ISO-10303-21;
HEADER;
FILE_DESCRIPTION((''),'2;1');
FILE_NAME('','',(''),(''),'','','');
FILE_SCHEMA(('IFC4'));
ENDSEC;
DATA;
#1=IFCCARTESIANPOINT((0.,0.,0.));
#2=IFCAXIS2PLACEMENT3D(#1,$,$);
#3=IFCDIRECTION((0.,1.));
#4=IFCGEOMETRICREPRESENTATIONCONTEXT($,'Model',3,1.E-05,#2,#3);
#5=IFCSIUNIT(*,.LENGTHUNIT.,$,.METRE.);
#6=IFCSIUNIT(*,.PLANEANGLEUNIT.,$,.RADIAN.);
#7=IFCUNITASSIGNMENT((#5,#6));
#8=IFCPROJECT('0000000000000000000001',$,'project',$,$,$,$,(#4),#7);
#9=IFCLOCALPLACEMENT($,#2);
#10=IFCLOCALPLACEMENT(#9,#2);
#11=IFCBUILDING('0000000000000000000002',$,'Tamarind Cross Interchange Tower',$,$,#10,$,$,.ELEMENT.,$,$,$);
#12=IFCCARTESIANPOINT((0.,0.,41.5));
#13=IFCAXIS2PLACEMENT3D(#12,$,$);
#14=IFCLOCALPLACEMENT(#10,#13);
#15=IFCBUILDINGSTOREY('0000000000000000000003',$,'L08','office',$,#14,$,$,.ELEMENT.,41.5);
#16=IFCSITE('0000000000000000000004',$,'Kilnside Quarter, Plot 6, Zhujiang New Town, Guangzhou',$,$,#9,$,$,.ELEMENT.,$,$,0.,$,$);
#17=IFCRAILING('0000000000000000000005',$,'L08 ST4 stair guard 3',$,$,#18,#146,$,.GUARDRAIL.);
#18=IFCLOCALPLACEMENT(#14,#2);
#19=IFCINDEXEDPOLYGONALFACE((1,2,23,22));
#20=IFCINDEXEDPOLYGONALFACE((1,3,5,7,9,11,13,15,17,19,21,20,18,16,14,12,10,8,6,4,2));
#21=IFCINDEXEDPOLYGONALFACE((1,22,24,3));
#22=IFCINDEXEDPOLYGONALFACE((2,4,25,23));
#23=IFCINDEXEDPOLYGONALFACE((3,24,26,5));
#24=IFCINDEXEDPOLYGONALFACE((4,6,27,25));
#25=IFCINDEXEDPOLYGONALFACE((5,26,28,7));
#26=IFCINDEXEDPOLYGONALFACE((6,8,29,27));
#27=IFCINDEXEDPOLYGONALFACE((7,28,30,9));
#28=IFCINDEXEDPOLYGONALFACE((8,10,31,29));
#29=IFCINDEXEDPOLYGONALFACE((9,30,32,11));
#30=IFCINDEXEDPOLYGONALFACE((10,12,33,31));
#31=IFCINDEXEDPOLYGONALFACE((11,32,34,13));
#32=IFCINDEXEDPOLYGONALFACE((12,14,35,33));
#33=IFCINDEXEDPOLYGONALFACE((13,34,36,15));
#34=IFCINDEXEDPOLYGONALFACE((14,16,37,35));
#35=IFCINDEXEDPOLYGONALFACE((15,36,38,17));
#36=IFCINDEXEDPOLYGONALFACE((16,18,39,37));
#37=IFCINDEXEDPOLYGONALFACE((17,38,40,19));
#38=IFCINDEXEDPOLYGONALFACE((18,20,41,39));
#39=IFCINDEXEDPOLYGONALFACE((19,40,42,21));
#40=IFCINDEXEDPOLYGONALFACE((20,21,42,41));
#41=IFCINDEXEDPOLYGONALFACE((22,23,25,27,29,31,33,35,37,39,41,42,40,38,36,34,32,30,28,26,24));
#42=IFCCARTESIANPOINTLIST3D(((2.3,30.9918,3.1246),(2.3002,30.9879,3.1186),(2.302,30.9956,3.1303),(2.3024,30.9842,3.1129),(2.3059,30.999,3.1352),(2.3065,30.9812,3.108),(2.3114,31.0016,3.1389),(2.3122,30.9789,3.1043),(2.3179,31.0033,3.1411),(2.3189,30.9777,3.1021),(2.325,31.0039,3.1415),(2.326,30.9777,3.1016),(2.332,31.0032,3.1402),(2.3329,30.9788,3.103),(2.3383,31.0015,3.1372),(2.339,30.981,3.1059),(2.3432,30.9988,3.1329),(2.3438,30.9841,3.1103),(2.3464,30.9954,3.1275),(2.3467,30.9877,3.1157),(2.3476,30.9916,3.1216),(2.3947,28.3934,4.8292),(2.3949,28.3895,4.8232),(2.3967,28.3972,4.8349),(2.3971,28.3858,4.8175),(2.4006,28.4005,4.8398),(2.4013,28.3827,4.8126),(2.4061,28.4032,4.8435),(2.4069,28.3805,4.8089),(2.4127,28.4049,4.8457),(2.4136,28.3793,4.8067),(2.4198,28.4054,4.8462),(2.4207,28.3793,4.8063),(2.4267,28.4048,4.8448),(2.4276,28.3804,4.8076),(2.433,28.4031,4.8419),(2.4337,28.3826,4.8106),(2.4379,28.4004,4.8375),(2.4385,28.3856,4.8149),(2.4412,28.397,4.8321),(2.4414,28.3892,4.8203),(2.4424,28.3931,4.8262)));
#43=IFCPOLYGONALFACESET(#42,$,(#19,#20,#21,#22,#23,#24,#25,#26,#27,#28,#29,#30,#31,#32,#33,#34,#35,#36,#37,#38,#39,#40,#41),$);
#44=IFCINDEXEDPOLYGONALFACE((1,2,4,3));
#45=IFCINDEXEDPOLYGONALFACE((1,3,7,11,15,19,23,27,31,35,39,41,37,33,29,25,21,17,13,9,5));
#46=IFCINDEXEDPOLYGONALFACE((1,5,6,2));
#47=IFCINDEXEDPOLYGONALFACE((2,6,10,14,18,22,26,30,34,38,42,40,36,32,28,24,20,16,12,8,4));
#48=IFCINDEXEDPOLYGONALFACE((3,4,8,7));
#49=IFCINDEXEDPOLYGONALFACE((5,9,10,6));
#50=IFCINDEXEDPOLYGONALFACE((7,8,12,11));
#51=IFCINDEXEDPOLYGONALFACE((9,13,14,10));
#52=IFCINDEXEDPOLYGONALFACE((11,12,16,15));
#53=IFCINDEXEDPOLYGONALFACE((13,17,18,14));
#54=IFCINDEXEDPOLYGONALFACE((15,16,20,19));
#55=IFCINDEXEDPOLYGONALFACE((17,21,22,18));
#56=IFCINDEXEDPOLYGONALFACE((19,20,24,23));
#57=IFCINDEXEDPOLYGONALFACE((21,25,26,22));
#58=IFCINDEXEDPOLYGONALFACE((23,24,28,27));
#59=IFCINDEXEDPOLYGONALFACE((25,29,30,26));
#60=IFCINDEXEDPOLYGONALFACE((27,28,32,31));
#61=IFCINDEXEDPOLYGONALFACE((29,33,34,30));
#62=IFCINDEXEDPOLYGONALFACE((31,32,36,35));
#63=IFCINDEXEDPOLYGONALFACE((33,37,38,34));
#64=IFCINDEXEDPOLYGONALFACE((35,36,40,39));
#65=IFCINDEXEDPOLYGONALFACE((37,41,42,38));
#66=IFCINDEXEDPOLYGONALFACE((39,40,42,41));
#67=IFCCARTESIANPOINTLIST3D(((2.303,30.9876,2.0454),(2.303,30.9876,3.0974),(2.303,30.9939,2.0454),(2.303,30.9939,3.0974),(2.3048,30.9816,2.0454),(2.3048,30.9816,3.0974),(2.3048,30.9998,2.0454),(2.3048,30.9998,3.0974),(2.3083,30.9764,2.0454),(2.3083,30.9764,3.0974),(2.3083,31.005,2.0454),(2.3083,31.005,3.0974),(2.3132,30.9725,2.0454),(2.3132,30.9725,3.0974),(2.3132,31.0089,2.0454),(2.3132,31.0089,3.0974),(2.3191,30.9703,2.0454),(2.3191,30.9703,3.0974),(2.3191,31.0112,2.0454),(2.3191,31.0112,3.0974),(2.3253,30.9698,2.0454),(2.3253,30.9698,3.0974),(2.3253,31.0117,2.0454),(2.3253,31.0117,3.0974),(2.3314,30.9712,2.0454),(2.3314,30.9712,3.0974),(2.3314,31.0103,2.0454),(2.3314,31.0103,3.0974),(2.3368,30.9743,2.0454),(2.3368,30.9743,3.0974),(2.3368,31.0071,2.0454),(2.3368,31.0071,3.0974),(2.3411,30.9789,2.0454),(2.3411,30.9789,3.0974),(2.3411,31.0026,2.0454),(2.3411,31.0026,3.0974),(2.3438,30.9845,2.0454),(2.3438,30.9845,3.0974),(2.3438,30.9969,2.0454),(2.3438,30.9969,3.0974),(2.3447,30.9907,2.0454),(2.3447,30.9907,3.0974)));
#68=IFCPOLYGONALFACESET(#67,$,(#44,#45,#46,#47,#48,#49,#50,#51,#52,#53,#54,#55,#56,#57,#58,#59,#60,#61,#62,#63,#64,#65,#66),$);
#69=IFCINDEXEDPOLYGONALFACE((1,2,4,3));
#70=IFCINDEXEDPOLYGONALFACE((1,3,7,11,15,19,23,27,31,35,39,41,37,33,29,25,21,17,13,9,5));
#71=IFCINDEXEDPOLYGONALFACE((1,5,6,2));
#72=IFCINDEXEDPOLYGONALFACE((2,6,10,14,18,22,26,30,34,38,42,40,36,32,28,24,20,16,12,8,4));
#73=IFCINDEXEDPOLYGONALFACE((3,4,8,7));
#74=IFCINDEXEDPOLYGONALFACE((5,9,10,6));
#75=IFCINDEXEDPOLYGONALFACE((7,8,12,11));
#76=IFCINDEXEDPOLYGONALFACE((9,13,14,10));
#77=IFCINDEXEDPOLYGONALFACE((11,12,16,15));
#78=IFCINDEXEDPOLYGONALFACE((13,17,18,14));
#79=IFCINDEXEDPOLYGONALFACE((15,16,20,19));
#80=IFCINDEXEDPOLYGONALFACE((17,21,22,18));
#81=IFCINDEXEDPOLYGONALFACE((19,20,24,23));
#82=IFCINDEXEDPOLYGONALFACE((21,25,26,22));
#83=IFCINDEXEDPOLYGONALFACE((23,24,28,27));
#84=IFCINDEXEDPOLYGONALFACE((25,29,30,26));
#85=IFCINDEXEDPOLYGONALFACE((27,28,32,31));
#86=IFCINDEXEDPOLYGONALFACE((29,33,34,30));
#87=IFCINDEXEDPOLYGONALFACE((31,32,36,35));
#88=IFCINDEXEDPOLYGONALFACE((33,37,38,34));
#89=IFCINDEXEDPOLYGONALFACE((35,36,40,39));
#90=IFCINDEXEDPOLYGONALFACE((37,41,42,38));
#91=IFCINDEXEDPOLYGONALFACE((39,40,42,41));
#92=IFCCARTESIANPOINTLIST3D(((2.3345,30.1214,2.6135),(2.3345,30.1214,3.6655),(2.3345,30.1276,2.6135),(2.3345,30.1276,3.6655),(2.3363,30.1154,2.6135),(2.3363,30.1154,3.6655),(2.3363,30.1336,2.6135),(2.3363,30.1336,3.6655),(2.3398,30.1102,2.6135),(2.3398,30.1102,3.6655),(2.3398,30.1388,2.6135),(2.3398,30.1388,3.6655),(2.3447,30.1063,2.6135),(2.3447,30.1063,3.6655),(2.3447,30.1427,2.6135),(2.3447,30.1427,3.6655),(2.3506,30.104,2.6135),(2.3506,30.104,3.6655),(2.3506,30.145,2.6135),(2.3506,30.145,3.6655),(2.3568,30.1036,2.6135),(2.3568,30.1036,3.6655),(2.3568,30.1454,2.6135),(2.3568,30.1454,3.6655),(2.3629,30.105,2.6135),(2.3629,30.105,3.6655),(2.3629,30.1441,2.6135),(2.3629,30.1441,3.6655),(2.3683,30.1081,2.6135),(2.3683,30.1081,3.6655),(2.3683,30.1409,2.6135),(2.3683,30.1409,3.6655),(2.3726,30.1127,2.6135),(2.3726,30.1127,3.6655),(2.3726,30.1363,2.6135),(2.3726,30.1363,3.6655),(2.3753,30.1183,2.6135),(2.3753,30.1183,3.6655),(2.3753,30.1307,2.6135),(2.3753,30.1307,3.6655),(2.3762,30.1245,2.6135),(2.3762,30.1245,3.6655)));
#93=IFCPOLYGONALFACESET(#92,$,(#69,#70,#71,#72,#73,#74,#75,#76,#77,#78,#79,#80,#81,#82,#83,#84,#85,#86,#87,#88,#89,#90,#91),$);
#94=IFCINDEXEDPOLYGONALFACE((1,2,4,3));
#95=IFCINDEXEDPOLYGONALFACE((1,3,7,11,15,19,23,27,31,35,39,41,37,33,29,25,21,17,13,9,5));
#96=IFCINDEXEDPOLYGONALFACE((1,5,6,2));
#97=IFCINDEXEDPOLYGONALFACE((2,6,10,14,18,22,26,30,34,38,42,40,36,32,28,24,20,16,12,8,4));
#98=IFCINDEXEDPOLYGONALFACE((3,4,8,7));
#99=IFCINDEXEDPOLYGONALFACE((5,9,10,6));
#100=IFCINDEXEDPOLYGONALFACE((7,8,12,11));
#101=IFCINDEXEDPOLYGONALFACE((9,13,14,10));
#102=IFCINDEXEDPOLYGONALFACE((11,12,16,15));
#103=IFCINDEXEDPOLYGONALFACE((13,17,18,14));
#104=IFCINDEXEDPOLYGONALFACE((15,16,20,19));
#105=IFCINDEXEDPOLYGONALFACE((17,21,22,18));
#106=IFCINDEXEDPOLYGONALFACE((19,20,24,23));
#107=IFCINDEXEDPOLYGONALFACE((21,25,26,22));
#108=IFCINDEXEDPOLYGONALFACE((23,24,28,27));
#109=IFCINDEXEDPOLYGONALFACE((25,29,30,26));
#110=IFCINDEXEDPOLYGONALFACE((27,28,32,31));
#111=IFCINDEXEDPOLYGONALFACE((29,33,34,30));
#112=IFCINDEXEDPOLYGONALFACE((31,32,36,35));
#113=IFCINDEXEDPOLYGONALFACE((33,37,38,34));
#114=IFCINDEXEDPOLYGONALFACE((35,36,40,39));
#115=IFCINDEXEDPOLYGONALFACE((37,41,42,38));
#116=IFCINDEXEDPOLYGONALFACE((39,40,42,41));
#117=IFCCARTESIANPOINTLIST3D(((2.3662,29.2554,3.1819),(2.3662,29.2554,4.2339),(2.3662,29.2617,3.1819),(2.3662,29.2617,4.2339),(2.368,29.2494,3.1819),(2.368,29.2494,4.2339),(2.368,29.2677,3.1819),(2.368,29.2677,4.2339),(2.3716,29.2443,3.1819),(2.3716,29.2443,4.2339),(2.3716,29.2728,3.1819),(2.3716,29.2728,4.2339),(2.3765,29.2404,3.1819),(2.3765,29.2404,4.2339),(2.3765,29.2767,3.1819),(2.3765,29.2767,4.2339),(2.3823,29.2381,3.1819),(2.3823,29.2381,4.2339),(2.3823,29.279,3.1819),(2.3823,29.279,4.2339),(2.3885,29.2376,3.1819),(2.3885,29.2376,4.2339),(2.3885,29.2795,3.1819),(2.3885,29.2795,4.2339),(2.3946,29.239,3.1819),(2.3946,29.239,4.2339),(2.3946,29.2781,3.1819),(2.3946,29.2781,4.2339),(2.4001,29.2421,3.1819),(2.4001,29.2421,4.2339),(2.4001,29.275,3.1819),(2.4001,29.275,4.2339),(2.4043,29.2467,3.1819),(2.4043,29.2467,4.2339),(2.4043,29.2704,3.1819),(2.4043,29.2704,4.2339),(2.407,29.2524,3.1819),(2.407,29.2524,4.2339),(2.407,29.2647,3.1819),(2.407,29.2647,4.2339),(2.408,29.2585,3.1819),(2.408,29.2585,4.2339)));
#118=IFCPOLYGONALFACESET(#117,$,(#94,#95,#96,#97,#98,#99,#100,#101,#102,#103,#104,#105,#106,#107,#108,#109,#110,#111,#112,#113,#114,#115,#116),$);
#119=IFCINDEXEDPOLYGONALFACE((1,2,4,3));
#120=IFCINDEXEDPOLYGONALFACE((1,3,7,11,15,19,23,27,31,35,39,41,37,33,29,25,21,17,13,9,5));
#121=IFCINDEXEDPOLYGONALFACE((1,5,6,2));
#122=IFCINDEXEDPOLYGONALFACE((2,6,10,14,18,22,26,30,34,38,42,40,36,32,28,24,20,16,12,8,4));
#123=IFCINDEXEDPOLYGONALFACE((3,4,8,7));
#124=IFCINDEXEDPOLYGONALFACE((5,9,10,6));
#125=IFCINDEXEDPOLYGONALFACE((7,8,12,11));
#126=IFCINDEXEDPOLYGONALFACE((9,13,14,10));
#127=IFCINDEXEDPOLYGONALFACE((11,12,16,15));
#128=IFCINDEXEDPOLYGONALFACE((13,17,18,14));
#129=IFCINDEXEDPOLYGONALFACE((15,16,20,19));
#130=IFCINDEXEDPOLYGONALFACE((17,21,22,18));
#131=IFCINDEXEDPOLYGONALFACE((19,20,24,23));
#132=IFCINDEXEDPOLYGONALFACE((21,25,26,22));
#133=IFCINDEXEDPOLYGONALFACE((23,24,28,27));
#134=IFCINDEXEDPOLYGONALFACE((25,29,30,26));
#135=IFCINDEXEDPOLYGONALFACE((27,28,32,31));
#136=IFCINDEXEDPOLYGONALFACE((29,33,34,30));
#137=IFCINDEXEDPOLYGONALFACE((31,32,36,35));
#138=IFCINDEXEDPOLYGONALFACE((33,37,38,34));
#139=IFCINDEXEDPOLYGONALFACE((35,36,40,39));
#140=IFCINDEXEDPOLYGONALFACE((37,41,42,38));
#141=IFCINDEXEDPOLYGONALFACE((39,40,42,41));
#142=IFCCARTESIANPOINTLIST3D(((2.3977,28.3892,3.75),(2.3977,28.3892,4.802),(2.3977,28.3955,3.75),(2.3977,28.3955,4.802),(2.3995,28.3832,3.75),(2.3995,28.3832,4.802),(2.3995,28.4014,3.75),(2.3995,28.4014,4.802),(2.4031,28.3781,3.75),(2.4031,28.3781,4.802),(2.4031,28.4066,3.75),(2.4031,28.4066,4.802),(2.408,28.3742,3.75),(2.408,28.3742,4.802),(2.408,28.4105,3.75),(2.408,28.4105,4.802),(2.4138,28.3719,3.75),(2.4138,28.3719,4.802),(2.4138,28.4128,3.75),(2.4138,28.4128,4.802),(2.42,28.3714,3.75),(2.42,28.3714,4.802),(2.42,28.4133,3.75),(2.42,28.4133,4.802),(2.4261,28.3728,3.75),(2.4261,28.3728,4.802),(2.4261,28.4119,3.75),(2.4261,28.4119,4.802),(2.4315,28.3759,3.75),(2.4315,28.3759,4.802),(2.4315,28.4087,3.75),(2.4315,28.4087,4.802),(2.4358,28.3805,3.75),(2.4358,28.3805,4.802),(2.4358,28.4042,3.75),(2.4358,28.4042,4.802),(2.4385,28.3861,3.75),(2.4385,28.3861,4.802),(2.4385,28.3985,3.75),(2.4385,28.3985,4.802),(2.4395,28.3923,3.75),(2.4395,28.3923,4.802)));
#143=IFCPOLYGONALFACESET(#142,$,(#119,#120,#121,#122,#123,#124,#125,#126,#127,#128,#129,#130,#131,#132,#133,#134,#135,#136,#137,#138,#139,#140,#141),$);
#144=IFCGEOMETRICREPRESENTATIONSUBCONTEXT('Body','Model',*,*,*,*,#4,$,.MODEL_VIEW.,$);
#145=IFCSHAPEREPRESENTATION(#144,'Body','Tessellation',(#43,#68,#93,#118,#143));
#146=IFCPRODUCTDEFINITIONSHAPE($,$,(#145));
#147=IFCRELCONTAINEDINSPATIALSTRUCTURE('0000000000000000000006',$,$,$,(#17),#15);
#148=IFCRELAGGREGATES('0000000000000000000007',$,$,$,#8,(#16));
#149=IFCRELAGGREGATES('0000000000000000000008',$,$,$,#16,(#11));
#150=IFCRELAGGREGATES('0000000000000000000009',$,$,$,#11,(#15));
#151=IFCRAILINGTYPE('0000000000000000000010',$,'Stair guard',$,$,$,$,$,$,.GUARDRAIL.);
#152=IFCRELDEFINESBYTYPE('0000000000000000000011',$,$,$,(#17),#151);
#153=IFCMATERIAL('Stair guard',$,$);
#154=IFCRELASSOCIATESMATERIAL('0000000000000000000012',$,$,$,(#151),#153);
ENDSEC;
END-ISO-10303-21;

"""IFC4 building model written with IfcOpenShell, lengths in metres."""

from ifc_helpers import new_model, si_unit, direction, frame, origin, origin_2d, place, context, subcontext, project, spatial, circle, extrude, material, type_object, element, save


model = new_model("IFC4")

# Units and contexts
model_context = context("Model", 3, precision=1e-05, world=origin(), true_north=direction((0.0, 1.0)))
body_context = subcontext(model_context, "Body", "Model", "MODEL_VIEW")
ifc_project = project(units=[si_unit("LENGTHUNIT", "METRE"), si_unit("PLANEANGLEUNIT", "RADIAN")], contexts=[model_context])

# Site, building, storey
site_placement = place(None, origin())
site = spatial("IfcSite", under=ifc_project, at=site_placement, Name="Kilnside Quarter, Plot 6, Zhujiang New Town, Guangzhou", CompositionType="ELEMENT", RefElevation=0.0)
building_placement = place(site_placement, origin())
building = spatial("IfcBuilding", under=site, at=building_placement, Name="Tamarind Cross Interchange Tower", CompositionType="ELEMENT")
storey_placement = place(building_placement, frame((0.0, 0.0, 41.5)))
storey = spatial("IfcBuildingStorey", under=building, at=storey_placement, Name="L08", Description="office", CompositionType="ELEMENT", Elevation=41.5)

# Railing
ifc_material_1 = material(Name="Stair guard")
railing_type_1 = type_object("IfcRailingType", Name="Stair guard", PredefinedType="GUARDRAIL", material=ifc_material_1)
railing_1_placement = place(storey_placement, frame((2.3237, 30.9907, 2.0454)))
element("IfcRailing", 1, at=railing_1_placement, inside=storey, type_object=railing_type_1, Name="L08 ST4 stair guard 3", PredefinedType="GUARDRAIL", context=body_context, shape_type="SweptSolid", body=[
    extrude(circle(Radius=0.0239, at=origin_2d()), frame((0.0, 0.0, 1.0762), z_axis=(0.030468, -0.835749, 0.548266), x_axis=(0.999336, 0.036432, 0.0)), (0.0, 0.0, 1.0), 3.1091),
    extrude(circle(Radius=0.021, at=origin_2d()), origin(), (0.0, 0.0, 1.0), 1.052),
    extrude(circle(Radius=0.021, at=origin_2d()), frame((0.0315, -0.8662, 0.5681)), (0.0, 0.0, 1.0), 1.052),
    extrude(circle(Radius=0.021, at=origin_2d()), frame((0.0632, -1.7322, 1.1365)), (0.0, 0.0, 1.0), 1.052),
    extrude(circle(Radius=0.021, at=origin_2d()), frame((0.0947, -2.5984, 1.7046)), (0.0, 0.0, 1.0), 1.052),
])

save(model, "model.ifc")
